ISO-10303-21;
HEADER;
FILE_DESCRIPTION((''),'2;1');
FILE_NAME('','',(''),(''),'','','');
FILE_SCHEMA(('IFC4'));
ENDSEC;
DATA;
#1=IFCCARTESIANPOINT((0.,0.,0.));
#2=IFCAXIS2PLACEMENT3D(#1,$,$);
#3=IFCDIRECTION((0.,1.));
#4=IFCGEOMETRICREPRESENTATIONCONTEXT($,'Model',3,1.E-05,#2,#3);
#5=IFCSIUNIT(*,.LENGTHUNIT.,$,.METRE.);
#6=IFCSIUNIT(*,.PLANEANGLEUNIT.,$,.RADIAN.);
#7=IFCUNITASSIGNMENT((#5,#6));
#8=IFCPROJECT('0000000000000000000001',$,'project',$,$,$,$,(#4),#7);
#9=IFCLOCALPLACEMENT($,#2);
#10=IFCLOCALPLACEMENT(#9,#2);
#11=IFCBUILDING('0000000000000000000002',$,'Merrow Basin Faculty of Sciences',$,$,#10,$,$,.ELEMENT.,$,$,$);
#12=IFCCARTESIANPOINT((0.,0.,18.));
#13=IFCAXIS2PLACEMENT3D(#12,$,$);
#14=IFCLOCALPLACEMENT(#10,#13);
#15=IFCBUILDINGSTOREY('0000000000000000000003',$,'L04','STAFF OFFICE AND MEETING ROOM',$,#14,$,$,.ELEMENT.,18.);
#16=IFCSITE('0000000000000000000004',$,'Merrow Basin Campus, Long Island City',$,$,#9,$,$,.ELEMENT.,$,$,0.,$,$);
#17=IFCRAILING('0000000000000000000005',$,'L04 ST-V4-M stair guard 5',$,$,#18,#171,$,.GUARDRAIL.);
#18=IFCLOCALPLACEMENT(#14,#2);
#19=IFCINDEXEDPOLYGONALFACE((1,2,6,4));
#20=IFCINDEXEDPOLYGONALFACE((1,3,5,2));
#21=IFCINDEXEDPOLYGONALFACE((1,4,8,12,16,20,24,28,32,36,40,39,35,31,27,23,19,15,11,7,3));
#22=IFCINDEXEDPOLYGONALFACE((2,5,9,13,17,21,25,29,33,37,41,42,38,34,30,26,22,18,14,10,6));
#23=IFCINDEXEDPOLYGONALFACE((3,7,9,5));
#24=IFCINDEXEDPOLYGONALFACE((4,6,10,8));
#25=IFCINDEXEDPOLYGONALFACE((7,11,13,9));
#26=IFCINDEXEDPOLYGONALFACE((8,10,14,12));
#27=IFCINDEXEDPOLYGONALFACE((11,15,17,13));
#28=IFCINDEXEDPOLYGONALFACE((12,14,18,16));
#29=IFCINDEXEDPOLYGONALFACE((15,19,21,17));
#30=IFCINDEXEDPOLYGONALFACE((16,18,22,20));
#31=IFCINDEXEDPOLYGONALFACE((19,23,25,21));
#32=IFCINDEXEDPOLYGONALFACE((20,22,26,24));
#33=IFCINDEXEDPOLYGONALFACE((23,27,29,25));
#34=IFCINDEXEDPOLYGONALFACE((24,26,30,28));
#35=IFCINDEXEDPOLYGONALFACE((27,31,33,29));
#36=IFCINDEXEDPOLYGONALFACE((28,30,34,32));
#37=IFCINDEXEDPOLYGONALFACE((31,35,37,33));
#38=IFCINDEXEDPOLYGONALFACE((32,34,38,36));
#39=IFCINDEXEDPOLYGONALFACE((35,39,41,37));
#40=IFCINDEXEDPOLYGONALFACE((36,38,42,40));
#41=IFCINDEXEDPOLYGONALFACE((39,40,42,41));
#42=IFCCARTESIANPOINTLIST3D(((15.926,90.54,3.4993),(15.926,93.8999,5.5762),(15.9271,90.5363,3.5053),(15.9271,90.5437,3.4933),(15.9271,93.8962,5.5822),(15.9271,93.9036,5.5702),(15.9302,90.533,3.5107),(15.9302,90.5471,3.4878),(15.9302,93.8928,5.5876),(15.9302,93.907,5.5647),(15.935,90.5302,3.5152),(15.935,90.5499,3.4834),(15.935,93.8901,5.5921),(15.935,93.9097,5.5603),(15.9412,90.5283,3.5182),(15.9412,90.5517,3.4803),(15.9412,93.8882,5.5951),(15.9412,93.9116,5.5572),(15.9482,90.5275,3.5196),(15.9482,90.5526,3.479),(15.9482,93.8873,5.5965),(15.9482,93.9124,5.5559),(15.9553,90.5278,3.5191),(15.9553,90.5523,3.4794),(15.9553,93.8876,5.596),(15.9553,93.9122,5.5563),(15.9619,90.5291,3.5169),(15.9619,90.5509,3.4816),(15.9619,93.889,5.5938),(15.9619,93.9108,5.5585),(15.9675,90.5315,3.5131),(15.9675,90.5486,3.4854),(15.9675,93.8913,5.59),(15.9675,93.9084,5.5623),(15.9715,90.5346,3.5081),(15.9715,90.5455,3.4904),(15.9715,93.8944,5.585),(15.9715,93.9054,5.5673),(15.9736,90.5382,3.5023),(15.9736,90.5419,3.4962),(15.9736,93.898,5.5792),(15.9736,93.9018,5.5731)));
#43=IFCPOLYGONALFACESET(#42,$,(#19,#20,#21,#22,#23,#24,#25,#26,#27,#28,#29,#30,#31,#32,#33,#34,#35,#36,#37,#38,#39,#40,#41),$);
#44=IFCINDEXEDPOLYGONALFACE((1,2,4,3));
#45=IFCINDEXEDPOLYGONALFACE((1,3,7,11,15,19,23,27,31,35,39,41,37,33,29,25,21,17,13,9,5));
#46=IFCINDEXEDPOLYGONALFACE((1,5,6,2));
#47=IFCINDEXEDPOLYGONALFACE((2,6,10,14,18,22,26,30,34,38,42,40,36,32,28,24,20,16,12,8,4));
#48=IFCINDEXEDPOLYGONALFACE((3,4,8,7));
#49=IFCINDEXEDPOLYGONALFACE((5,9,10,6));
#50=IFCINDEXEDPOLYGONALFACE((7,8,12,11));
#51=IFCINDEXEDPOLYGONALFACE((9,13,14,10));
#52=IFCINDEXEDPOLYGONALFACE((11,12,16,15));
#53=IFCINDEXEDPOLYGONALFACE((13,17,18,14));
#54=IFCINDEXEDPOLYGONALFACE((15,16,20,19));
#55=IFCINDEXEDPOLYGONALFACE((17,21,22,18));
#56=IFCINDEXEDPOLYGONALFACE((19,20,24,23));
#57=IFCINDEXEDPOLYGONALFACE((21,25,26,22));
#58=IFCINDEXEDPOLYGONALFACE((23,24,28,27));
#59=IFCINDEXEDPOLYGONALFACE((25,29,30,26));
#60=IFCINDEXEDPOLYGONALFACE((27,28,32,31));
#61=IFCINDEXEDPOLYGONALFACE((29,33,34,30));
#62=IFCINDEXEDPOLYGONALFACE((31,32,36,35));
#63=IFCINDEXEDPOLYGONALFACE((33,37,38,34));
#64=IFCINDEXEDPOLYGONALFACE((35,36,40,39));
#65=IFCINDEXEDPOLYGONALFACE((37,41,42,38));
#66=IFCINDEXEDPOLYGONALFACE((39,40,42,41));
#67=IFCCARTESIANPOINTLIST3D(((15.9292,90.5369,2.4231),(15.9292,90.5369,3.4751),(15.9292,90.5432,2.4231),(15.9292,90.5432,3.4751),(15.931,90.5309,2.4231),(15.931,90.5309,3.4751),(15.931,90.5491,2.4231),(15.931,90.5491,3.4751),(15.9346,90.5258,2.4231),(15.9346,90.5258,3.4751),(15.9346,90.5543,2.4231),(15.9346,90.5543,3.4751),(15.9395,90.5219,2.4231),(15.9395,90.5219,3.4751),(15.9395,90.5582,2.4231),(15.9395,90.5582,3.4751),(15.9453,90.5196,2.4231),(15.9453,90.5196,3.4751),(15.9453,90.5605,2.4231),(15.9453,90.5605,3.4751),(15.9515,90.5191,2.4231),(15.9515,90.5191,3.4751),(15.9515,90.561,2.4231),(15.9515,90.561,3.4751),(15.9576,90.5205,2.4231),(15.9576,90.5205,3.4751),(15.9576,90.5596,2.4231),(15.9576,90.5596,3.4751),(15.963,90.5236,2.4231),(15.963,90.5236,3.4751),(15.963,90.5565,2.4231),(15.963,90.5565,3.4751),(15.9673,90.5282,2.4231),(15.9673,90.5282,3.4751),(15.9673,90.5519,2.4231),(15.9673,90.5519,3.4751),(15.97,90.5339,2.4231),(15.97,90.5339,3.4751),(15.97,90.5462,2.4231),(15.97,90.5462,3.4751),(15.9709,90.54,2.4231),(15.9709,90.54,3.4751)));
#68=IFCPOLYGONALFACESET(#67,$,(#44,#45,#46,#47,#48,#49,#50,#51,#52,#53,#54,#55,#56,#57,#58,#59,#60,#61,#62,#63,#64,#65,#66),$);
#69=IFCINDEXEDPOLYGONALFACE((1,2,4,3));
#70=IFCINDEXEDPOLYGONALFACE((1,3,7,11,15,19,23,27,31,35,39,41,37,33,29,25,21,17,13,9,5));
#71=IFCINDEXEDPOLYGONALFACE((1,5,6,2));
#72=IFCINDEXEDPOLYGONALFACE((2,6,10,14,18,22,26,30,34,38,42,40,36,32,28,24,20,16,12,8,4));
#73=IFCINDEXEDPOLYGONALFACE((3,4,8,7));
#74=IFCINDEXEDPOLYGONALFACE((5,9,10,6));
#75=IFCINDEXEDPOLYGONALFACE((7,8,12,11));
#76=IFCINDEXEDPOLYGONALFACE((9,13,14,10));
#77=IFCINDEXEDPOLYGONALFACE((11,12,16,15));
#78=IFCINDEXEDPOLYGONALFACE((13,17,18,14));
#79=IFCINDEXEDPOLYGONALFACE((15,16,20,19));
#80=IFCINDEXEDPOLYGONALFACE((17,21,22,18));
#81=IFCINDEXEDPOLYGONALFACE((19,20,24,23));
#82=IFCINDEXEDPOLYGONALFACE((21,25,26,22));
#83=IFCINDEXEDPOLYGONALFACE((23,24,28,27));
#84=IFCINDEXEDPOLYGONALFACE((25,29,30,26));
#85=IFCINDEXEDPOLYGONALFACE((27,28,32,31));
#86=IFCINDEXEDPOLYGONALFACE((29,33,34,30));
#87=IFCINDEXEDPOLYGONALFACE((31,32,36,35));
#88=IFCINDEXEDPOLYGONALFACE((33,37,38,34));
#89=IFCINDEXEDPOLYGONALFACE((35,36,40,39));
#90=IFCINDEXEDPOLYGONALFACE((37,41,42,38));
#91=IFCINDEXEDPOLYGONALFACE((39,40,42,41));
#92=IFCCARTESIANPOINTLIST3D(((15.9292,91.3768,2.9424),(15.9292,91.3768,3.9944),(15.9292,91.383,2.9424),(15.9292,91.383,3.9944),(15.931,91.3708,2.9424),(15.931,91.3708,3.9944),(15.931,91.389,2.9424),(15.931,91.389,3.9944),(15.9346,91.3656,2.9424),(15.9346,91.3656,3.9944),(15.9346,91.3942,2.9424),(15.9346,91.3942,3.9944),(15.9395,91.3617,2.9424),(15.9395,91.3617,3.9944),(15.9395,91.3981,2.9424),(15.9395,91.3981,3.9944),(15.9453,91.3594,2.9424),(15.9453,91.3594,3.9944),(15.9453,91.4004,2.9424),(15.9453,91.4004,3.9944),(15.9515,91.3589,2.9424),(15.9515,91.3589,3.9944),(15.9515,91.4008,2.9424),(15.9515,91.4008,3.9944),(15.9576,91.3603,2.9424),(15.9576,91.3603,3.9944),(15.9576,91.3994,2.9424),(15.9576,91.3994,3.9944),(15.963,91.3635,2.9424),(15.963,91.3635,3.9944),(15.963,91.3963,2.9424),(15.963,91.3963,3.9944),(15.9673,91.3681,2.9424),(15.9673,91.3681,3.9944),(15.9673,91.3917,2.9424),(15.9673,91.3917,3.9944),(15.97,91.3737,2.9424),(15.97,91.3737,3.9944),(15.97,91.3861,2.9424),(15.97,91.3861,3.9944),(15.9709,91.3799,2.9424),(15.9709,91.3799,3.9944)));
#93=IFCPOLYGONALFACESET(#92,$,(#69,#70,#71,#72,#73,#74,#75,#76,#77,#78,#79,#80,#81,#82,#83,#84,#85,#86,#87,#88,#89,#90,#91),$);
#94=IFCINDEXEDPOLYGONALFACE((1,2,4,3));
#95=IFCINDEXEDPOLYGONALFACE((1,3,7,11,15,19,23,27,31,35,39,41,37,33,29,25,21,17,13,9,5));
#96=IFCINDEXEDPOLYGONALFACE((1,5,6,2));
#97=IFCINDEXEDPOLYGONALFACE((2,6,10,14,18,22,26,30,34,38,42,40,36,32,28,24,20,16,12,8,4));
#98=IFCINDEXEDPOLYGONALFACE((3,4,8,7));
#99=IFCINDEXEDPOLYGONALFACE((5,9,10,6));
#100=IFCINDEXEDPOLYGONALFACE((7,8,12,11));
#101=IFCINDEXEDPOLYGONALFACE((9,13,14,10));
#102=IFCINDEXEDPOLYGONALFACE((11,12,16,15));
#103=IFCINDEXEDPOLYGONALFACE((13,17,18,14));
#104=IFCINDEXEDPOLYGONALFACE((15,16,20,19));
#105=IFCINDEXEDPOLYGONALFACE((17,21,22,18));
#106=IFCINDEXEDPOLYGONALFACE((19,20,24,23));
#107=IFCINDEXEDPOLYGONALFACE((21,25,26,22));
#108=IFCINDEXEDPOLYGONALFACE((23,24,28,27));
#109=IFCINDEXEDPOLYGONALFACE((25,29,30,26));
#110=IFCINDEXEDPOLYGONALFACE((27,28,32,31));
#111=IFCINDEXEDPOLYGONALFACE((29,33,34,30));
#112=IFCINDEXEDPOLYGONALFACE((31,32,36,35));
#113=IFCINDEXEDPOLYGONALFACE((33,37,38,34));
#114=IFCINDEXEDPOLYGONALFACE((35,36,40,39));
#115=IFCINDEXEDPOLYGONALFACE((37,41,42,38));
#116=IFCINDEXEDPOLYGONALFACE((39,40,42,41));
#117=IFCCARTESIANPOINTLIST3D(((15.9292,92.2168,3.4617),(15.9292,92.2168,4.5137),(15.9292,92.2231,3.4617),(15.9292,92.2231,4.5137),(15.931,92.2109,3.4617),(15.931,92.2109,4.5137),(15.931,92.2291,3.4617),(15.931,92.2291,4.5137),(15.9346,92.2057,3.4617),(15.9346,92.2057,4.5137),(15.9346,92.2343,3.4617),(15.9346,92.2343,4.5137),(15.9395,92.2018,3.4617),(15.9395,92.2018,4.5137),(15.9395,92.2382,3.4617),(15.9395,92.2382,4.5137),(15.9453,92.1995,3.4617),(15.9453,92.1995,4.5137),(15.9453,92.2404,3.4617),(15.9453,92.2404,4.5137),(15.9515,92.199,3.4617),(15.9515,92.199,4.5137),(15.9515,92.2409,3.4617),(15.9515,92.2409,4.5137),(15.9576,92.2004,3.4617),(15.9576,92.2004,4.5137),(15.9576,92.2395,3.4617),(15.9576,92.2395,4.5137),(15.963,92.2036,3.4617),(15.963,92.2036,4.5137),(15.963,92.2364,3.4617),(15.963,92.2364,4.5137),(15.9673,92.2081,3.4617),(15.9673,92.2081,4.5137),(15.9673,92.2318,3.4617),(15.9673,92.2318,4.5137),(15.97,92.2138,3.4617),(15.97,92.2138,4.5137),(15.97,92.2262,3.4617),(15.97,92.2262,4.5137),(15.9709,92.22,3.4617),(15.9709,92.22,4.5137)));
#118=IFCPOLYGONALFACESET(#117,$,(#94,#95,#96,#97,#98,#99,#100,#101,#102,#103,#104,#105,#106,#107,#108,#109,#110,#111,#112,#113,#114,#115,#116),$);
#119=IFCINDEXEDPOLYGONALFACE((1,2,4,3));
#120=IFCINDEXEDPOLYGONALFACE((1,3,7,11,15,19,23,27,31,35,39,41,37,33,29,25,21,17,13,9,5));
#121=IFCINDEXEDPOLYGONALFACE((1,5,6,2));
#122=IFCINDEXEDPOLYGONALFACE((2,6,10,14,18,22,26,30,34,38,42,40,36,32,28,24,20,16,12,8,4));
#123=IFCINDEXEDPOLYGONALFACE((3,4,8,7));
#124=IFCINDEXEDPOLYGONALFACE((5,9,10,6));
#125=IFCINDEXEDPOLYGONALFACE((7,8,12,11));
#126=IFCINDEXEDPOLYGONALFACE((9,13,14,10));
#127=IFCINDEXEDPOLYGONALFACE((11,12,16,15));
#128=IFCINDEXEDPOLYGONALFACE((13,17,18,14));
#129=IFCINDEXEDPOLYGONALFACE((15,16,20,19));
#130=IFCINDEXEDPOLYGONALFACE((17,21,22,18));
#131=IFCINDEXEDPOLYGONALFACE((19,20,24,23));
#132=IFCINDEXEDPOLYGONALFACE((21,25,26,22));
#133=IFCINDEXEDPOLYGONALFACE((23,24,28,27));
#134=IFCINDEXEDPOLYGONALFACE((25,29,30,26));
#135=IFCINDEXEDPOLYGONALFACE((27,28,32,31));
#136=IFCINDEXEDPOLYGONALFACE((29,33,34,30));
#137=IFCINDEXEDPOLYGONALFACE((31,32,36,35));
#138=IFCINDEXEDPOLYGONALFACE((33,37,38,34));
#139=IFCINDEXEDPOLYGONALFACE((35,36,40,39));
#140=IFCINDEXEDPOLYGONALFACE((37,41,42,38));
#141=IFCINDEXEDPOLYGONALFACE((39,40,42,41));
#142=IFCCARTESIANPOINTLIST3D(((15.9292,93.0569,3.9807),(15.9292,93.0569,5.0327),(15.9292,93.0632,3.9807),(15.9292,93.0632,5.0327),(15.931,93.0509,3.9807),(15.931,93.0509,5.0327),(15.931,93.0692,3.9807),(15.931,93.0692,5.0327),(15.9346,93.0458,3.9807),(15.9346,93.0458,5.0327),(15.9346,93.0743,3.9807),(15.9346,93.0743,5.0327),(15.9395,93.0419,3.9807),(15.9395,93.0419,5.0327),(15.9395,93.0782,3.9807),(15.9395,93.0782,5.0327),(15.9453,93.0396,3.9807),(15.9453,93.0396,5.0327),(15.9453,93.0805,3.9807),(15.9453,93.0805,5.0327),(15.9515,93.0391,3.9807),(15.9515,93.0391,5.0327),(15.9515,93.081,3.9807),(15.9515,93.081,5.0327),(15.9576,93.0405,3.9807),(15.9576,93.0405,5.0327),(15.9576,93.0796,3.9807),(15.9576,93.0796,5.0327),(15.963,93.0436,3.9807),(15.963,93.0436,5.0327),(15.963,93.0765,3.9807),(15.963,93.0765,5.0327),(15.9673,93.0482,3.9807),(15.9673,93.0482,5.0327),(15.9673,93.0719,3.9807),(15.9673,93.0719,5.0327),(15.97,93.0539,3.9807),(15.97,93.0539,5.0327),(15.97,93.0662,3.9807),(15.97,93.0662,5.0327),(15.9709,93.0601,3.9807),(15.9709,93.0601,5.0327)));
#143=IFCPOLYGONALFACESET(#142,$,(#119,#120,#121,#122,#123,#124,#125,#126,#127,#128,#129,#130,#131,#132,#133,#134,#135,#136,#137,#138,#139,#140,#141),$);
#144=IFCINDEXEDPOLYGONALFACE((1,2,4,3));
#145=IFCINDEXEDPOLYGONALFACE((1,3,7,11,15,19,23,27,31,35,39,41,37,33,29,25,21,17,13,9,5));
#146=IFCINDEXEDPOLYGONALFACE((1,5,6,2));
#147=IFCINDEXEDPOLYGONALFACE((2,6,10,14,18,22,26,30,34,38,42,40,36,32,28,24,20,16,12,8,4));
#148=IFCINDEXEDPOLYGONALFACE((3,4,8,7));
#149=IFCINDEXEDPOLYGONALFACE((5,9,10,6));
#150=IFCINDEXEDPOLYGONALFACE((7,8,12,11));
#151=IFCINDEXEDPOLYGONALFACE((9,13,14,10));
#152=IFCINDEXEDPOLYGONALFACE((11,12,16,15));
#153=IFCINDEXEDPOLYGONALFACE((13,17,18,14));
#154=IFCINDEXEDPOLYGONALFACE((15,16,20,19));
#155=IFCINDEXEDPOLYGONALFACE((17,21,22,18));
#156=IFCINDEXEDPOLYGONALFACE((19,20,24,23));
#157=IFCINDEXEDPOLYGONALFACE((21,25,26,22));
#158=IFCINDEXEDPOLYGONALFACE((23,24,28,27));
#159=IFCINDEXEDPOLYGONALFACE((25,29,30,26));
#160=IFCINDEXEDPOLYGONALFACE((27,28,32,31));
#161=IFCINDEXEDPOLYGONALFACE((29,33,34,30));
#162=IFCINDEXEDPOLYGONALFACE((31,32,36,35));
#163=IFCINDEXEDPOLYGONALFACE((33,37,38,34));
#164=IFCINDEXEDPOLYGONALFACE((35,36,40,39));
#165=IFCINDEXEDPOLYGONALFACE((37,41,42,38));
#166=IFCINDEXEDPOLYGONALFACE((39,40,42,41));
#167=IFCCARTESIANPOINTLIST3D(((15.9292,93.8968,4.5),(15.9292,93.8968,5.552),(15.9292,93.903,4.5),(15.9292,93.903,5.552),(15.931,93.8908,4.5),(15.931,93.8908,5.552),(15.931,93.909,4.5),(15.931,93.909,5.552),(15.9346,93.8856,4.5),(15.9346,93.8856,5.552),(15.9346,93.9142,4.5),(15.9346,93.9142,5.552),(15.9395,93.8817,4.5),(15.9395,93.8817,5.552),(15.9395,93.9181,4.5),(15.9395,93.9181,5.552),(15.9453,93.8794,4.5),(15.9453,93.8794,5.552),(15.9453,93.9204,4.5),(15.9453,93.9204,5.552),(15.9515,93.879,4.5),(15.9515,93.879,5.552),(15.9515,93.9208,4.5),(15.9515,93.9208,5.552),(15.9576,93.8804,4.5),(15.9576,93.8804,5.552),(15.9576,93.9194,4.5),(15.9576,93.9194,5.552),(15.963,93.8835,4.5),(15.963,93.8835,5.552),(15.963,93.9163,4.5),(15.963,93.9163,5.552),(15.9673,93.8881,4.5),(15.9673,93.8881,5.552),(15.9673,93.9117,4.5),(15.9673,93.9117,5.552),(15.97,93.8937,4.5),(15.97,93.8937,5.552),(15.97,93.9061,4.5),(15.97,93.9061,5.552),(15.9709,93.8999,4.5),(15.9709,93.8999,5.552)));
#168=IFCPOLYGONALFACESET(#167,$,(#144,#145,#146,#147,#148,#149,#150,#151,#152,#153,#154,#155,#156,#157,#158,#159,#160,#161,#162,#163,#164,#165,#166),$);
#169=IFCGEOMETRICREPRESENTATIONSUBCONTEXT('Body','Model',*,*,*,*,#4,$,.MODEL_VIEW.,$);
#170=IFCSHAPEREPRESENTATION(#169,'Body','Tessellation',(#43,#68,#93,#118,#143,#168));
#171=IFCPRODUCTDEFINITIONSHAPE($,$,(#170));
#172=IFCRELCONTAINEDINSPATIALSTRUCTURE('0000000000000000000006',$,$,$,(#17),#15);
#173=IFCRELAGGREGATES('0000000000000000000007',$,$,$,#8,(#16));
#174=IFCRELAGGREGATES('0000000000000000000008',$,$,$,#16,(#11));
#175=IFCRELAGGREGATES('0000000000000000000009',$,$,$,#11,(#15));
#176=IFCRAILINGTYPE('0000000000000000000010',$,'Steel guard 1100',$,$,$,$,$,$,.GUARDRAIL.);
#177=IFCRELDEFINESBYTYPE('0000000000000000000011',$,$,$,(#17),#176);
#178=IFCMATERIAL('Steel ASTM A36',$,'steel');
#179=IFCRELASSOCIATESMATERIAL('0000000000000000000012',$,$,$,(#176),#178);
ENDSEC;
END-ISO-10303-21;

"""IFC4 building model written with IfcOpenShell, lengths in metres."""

from ifc_helpers import new_model, si_unit, direction, frame, origin, origin_2d, place, context, subcontext, project, spatial, circle, extrude, material, type_object, element, save


model = new_model("IFC4")

# Units and contexts
model_context = context("Model", 3, precision=1e-05, world=origin(), true_north=direction((0.0, 1.0)))
body_context = subcontext(model_context, "Body", "Model", "MODEL_VIEW")
ifc_project = project(units=[si_unit("LENGTHUNIT", "METRE"), si_unit("PLANEANGLEUNIT", "RADIAN")], contexts=[model_context])

# Site, building, storey
site_placement = place(None, origin())
site = spatial("IfcSite", under=ifc_project, at=site_placement, Name="Merrow Basin Campus, Long Island City", CompositionType="ELEMENT", RefElevation=0.0)
building_placement = place(site_placement, origin())
building = spatial("IfcBuilding", under=site, at=building_placement, Name="Merrow Basin Faculty of Sciences", CompositionType="ELEMENT")
storey_placement = place(building_placement, frame((0.0, 0.0, 18.0)))
storey = spatial("IfcBuildingStorey", under=building, at=storey_placement, Name="L04", Description="STAFF OFFICE AND MEETING ROOM", CompositionType="ELEMENT", Elevation=18.0)

# Railing
ifc_material_1 = material(Name="Steel ASTM A36", Category="steel")
railing_type_1 = type_object("IfcRailingType", Name="Steel guard 1100", PredefinedType="GUARDRAIL", material=ifc_material_1)
railing_1_placement = place(storey_placement, frame((15.95, 90.54, 2.4231)))
element("IfcRailing", 1, at=railing_1_placement, inside=storey, type_object=railing_type_1, Name="L04 ST-V4-M stair guard 5", PredefinedType="GUARDRAIL", context=body_context, shape_type="SweptSolid", body=[
    extrude(circle(Radius=0.0239, at=origin_2d()), frame((0.0, 0.0, 1.0762), z_axis=(0.0, 0.850606, 0.525803), x_axis=(-1.0, 0.0, 0.0)), (0.0, 0.0, 1.0), 3.95),
    extrude(circle(Radius=0.021, at=origin_2d()), origin(), (0.0, 0.0, 1.0), 1.052),
    extrude(circle(Radius=0.021, at=origin_2d()), frame((0.0, 0.8398, 0.5193)), (0.0, 0.0, 1.0), 1.052),
    extrude(circle(Radius=0.021, at=origin_2d()), frame((0.0, 1.6799, 1.0386)), (0.0, 0.0, 1.0), 1.052),
    extrude(circle(Radius=0.021, at=origin_2d()), frame((0.0, 2.52, 1.5576)), (0.0, 0.0, 1.0), 1.052),
    extrude(circle(Radius=0.021, at=origin_2d()), frame((0.0, 3.3599, 2.0769)), (0.0, 0.0, 1.0), 1.052),
])

save(model, "model.ifc")
